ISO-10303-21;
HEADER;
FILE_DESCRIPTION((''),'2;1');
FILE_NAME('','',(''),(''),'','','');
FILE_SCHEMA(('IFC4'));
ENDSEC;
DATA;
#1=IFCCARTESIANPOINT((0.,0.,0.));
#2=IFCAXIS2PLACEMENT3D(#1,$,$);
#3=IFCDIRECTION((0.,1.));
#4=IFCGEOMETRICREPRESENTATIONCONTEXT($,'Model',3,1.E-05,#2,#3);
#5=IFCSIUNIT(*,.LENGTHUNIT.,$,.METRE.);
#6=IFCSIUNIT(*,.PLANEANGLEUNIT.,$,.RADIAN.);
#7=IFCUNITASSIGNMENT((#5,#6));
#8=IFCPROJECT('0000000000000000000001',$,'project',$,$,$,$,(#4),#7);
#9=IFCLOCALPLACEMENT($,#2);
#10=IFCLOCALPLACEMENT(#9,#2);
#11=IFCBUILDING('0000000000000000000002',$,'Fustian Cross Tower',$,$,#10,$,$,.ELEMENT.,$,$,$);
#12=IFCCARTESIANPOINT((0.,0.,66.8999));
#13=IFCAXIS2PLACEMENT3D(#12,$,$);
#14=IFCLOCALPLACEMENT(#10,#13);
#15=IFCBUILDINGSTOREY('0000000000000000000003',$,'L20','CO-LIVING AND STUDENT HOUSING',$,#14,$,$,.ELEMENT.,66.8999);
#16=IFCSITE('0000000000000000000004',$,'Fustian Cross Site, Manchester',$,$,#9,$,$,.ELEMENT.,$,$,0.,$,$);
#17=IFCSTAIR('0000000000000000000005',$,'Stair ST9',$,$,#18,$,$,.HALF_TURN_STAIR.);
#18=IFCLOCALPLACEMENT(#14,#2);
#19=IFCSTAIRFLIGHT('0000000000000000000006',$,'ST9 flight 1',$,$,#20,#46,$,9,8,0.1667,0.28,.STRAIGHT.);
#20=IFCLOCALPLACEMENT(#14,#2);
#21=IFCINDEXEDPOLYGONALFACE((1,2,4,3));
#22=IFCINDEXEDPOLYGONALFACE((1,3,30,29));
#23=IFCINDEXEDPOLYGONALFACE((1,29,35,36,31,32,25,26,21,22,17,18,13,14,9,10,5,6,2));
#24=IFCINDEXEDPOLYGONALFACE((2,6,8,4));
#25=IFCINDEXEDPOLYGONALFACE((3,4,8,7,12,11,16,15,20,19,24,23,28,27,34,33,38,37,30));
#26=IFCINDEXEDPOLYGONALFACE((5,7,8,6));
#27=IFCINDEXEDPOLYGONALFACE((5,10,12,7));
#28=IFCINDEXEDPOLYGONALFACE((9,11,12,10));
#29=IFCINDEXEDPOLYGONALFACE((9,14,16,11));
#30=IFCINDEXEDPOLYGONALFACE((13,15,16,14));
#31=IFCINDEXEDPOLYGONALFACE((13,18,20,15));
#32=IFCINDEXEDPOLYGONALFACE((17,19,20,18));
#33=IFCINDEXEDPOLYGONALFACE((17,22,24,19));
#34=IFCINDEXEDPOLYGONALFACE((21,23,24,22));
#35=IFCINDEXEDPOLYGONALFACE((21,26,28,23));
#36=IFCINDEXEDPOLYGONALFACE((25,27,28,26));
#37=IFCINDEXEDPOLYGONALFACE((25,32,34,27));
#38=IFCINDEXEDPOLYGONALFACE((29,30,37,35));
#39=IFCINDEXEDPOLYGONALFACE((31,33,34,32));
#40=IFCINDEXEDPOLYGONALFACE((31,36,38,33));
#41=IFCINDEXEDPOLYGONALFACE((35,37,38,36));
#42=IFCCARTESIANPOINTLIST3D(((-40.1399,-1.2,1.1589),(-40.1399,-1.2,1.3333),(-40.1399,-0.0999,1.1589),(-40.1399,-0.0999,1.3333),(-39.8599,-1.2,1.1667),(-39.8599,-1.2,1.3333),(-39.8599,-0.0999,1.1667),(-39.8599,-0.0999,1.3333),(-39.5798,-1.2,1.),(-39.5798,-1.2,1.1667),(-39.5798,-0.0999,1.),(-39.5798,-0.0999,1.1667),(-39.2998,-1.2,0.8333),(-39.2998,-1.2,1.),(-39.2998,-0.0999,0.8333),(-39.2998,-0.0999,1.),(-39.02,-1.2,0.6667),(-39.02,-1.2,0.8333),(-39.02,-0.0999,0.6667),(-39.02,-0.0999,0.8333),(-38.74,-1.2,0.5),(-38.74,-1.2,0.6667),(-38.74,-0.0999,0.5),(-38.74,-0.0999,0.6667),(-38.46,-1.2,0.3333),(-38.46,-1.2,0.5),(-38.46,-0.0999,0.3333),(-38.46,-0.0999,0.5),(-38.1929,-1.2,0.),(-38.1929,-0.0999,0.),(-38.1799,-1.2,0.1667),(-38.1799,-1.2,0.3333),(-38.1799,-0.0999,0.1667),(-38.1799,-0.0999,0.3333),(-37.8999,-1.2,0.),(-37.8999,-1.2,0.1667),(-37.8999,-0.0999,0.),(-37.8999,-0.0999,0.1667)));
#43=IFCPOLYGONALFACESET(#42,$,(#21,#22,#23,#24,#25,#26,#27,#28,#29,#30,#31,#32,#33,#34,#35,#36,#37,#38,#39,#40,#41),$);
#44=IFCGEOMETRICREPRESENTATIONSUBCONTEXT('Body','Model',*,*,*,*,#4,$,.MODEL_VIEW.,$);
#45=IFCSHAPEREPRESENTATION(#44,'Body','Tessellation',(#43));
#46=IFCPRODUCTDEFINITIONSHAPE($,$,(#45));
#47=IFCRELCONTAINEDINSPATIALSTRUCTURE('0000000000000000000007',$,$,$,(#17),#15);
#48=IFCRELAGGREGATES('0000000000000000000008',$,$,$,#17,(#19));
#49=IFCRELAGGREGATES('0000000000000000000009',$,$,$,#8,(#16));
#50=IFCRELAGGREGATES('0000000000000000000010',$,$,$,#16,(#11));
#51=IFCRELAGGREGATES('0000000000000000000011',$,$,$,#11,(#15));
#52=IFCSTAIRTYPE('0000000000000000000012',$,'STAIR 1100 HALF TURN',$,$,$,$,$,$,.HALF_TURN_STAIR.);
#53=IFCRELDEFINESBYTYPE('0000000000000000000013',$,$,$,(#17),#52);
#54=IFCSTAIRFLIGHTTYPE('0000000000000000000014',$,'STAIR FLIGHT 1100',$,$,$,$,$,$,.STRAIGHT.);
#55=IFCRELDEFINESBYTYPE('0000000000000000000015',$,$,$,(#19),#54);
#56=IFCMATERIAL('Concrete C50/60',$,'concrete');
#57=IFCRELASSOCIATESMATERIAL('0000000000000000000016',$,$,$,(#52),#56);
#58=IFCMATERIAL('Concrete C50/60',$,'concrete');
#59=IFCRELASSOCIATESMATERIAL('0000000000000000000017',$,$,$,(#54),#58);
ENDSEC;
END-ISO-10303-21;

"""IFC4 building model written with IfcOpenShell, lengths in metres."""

from ifc_helpers import new_model, si_unit, direction, frame, origin, place, context, subcontext, project, spatial, polyline, outline, extrude, material, type_object, element, aggregate, save


model = new_model("IFC4")

# Units and contexts
model_context = context("Model", 3, precision=1e-05, world=origin(), true_north=direction((0.0, 1.0)))
body_context = subcontext(model_context, "Body", "Model", "MODEL_VIEW")
ifc_project = project(units=[si_unit("LENGTHUNIT", "METRE"), si_unit("PLANEANGLEUNIT", "RADIAN")], contexts=[model_context])

# Site, building, storey
site_placement = place(None, origin())
site = spatial("IfcSite", under=ifc_project, at=site_placement, Name="Fustian Cross Site, Manchester", CompositionType="ELEMENT", RefElevation=0.0)
building_placement = place(site_placement, origin())
building = spatial("IfcBuilding", under=site, at=building_placement, Name="Fustian Cross Tower", CompositionType="ELEMENT")
storey_placement = place(building_placement, frame((0.0, 0.0, 66.8999)))
storey = spatial("IfcBuildingStorey", under=building, at=storey_placement, Name="L20", Description="CO-LIVING AND STUDENT HOUSING", CompositionType="ELEMENT", Elevation=66.8999)

# Stair, stair flight
ifc_material_1 = material(Name="Concrete C50/60", Category="concrete")
stair_type = type_object("IfcStairType", Name="STAIR 1100 HALF TURN", PredefinedType="HALF_TURN_STAIR", material=ifc_material_1)
stair_placement = place(storey_placement, origin())
stair = element("IfcStair", 1, at=stair_placement, inside=storey, type_object=stair_type, Name="Stair ST9", PredefinedType="HALF_TURN_STAIR")
ifc_material_2 = material(Name="Concrete C50/60", Category="concrete")
stair_flight_type = type_object("IfcStairFlightType", Name="STAIR FLIGHT 1100", PredefinedType="STRAIGHT", material=ifc_material_2)
stair_flight_placement = place(storey_placement, frame((-37.8999, -0.6499, 0.0), z_axis=(0.0, 0.0, 1.0), x_axis=(-1.0, 0.0, 0.0)))
stair_flight = element("IfcStairFlight", 2, at=stair_flight_placement, type_object=stair_flight_type, Name="ST9 flight 1", NumberOfRisers=9, NumberOfTreads=8, PredefinedType="STRAIGHT", RiserHeight=0.1667, TreadLength=0.28, context=body_context, shape_type="SweptSolid", body=[
    extrude(outline(polyline([(0.0, 0.0), (0.0, 0.1667), (0.28, 0.1667), (0.28, 0.3333), (0.5601, 0.3333), (0.5601, 0.5), (0.8401, 0.5), (0.8401, 0.6667), (1.1201, 0.6667), (1.1201, 0.8333), (1.3999, 0.8333), (1.3999, 1.0), (1.6799, 1.0), (1.6799, 1.1667), (1.96, 1.1667), (1.96, 1.3333), (2.24, 1.3333), (2.24, 1.5), (2.24, 1.1589), (0.293, 0.0), (0.0, 0.0)])), frame((0.0, 0.55, 0.0), z_axis=(0.0, -1.0, 0.0), x_axis=(1.0, 0.0, 0.0)), (0.0, 0.0, 1.0), 1.1001),
])
aggregate(stair, [stair_flight])

save(model, "model.ifc")
